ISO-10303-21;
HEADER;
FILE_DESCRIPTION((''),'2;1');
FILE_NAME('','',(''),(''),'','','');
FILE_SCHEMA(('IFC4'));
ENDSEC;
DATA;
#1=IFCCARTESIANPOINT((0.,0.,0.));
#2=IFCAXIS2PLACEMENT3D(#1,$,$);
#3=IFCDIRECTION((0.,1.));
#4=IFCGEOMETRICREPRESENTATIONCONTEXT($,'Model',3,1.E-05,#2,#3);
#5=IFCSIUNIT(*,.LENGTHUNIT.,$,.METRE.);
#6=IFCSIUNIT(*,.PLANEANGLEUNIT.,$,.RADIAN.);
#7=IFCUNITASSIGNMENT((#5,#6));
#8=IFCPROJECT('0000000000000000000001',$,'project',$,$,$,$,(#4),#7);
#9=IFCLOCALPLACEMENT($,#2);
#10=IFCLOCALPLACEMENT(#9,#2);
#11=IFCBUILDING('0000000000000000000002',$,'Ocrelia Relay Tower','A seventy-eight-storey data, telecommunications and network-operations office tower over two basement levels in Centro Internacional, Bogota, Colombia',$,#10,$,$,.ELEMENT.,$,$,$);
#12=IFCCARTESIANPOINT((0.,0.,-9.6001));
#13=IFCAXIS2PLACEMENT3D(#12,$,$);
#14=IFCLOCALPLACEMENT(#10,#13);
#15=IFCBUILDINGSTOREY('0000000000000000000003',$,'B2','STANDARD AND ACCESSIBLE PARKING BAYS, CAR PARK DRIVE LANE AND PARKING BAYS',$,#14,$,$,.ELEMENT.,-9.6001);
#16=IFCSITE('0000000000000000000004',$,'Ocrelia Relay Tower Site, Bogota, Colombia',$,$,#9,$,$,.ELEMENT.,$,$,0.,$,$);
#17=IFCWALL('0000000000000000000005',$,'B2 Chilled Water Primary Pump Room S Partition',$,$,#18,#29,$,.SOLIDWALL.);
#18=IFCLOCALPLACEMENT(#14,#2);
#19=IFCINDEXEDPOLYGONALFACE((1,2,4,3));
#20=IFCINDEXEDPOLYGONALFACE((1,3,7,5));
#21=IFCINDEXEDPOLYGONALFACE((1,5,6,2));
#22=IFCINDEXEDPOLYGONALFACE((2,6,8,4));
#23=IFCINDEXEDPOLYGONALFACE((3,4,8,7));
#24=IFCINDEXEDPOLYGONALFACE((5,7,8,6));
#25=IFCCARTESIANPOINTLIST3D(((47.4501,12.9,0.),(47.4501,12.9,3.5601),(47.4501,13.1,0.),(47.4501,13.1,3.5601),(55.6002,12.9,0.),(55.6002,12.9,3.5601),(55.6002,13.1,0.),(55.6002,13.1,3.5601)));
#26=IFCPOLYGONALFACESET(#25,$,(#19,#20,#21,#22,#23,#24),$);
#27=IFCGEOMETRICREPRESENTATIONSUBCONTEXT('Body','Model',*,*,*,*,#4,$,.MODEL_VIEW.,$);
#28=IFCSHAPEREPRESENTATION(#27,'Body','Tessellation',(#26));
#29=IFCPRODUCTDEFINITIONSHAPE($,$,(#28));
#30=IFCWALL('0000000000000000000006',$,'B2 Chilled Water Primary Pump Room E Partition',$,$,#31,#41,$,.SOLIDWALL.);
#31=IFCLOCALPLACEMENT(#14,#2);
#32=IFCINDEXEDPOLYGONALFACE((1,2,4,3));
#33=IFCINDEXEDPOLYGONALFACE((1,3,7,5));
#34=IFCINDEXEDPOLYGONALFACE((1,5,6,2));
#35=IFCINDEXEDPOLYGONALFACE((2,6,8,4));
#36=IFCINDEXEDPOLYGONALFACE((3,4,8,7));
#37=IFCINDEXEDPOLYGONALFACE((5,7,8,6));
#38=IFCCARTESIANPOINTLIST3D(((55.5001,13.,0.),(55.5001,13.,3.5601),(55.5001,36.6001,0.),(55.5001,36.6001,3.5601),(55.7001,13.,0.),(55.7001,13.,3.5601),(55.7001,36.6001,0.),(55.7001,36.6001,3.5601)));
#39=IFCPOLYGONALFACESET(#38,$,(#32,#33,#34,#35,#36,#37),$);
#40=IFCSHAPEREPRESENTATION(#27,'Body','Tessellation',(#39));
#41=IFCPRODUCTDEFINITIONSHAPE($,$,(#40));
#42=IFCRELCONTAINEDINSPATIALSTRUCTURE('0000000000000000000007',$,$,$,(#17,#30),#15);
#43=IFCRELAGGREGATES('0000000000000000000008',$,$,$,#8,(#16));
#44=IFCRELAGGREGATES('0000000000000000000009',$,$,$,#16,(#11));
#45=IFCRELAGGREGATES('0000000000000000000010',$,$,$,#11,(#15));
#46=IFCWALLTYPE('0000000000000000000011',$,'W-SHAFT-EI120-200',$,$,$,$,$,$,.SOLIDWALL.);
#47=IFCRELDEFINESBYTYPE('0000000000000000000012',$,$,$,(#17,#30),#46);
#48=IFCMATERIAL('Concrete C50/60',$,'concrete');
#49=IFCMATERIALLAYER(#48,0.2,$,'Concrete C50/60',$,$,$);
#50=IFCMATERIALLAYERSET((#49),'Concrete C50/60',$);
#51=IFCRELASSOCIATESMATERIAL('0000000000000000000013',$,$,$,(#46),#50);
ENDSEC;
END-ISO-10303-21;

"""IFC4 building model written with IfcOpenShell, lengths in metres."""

from ifc_helpers import new_model, si_unit, direction, frame, frame_2d, origin, place, context, subcontext, project, spatial, rectangle, extrude, material, layer, layer_set, type_object, element, save


model = new_model("IFC4")

# Units and contexts
model_context = context("Model", 3, precision=1e-05, world=origin(), true_north=direction((0.0, 1.0)))
body_context = subcontext(model_context, "Body", "Model", "MODEL_VIEW")
ifc_project = project(units=[si_unit("LENGTHUNIT", "METRE"), si_unit("PLANEANGLEUNIT", "RADIAN")], contexts=[model_context])

# Site, building, storey
site_placement = place(None, origin())
site = spatial("IfcSite", under=ifc_project, at=site_placement, Name="Ocrelia Relay Tower Site, Bogota, Colombia", CompositionType="ELEMENT", RefElevation=0.0)
building_placement = place(site_placement, origin())
building = spatial("IfcBuilding", under=site, at=building_placement, Name="Ocrelia Relay Tower", Description="A seventy-eight-storey data, telecommunications and network-operations office tower over two basement levels in Centro Internacional, Bogota, Colombia", CompositionType="ELEMENT")
storey_placement = place(building_placement, frame((0.0, 0.0, -9.6001)))
storey = spatial("IfcBuildingStorey", under=building, at=storey_placement, Name="B2", Description="STANDARD AND ACCESSIBLE PARKING BAYS, CAR PARK DRIVE LANE AND PARKING BAYS", CompositionType="ELEMENT", Elevation=-9.6001)

# Shared definitions
ifc_material_1 = material(Name="Concrete C50/60", Category="concrete")

# Walls
ifc_layer_1 = layer(ifc_material_1, 0.2, Name="Concrete C50/60")
ifc_layer_set_1 = layer_set([ifc_layer_1], Name="Concrete C50/60")
wall_type_1 = type_object("IfcWallType", Name="W-SHAFT-EI120-200", PredefinedType="SOLIDWALL", material=ifc_layer_set_1)
wall_1_placement = place(storey_placement, frame((47.45, 13.0, 0.0), z_axis=(0.0, 0.0, 1.0), x_axis=(1.0, 0.0, 0.0)))
element("IfcWall", 1, at=wall_1_placement, inside=storey, type_object=wall_type_1, Name="B2 Chilled Water Primary Pump Room S Partition", PredefinedType="SOLIDWALL", context=body_context, shape_type="SweptSolid", body=[
    extrude(rectangle(XDim=8.1501, YDim=0.2, at=frame_2d((4.0752, 0.0))), origin(), (0.0, 0.0, 1.0), 3.5601),
])
wall_2_placement = place(storey_placement, frame((55.6001, 13.0, 0.0), z_axis=(0.0, 0.0, 1.0), x_axis=(0.0, 1.0, 0.0)))
element("IfcWall", 2, at=wall_2_placement, inside=storey, type_object=wall_type_1, Name="B2 Chilled Water Primary Pump Room E Partition", PredefinedType="SOLIDWALL", context=body_context, shape_type="SweptSolid", body=[
    extrude(rectangle(XDim=23.6001, YDim=0.2, at=frame_2d((11.8, 0.0))), origin(), (0.0, 0.0, 1.0), 3.5601),
])

save(model, "model.ifc")
